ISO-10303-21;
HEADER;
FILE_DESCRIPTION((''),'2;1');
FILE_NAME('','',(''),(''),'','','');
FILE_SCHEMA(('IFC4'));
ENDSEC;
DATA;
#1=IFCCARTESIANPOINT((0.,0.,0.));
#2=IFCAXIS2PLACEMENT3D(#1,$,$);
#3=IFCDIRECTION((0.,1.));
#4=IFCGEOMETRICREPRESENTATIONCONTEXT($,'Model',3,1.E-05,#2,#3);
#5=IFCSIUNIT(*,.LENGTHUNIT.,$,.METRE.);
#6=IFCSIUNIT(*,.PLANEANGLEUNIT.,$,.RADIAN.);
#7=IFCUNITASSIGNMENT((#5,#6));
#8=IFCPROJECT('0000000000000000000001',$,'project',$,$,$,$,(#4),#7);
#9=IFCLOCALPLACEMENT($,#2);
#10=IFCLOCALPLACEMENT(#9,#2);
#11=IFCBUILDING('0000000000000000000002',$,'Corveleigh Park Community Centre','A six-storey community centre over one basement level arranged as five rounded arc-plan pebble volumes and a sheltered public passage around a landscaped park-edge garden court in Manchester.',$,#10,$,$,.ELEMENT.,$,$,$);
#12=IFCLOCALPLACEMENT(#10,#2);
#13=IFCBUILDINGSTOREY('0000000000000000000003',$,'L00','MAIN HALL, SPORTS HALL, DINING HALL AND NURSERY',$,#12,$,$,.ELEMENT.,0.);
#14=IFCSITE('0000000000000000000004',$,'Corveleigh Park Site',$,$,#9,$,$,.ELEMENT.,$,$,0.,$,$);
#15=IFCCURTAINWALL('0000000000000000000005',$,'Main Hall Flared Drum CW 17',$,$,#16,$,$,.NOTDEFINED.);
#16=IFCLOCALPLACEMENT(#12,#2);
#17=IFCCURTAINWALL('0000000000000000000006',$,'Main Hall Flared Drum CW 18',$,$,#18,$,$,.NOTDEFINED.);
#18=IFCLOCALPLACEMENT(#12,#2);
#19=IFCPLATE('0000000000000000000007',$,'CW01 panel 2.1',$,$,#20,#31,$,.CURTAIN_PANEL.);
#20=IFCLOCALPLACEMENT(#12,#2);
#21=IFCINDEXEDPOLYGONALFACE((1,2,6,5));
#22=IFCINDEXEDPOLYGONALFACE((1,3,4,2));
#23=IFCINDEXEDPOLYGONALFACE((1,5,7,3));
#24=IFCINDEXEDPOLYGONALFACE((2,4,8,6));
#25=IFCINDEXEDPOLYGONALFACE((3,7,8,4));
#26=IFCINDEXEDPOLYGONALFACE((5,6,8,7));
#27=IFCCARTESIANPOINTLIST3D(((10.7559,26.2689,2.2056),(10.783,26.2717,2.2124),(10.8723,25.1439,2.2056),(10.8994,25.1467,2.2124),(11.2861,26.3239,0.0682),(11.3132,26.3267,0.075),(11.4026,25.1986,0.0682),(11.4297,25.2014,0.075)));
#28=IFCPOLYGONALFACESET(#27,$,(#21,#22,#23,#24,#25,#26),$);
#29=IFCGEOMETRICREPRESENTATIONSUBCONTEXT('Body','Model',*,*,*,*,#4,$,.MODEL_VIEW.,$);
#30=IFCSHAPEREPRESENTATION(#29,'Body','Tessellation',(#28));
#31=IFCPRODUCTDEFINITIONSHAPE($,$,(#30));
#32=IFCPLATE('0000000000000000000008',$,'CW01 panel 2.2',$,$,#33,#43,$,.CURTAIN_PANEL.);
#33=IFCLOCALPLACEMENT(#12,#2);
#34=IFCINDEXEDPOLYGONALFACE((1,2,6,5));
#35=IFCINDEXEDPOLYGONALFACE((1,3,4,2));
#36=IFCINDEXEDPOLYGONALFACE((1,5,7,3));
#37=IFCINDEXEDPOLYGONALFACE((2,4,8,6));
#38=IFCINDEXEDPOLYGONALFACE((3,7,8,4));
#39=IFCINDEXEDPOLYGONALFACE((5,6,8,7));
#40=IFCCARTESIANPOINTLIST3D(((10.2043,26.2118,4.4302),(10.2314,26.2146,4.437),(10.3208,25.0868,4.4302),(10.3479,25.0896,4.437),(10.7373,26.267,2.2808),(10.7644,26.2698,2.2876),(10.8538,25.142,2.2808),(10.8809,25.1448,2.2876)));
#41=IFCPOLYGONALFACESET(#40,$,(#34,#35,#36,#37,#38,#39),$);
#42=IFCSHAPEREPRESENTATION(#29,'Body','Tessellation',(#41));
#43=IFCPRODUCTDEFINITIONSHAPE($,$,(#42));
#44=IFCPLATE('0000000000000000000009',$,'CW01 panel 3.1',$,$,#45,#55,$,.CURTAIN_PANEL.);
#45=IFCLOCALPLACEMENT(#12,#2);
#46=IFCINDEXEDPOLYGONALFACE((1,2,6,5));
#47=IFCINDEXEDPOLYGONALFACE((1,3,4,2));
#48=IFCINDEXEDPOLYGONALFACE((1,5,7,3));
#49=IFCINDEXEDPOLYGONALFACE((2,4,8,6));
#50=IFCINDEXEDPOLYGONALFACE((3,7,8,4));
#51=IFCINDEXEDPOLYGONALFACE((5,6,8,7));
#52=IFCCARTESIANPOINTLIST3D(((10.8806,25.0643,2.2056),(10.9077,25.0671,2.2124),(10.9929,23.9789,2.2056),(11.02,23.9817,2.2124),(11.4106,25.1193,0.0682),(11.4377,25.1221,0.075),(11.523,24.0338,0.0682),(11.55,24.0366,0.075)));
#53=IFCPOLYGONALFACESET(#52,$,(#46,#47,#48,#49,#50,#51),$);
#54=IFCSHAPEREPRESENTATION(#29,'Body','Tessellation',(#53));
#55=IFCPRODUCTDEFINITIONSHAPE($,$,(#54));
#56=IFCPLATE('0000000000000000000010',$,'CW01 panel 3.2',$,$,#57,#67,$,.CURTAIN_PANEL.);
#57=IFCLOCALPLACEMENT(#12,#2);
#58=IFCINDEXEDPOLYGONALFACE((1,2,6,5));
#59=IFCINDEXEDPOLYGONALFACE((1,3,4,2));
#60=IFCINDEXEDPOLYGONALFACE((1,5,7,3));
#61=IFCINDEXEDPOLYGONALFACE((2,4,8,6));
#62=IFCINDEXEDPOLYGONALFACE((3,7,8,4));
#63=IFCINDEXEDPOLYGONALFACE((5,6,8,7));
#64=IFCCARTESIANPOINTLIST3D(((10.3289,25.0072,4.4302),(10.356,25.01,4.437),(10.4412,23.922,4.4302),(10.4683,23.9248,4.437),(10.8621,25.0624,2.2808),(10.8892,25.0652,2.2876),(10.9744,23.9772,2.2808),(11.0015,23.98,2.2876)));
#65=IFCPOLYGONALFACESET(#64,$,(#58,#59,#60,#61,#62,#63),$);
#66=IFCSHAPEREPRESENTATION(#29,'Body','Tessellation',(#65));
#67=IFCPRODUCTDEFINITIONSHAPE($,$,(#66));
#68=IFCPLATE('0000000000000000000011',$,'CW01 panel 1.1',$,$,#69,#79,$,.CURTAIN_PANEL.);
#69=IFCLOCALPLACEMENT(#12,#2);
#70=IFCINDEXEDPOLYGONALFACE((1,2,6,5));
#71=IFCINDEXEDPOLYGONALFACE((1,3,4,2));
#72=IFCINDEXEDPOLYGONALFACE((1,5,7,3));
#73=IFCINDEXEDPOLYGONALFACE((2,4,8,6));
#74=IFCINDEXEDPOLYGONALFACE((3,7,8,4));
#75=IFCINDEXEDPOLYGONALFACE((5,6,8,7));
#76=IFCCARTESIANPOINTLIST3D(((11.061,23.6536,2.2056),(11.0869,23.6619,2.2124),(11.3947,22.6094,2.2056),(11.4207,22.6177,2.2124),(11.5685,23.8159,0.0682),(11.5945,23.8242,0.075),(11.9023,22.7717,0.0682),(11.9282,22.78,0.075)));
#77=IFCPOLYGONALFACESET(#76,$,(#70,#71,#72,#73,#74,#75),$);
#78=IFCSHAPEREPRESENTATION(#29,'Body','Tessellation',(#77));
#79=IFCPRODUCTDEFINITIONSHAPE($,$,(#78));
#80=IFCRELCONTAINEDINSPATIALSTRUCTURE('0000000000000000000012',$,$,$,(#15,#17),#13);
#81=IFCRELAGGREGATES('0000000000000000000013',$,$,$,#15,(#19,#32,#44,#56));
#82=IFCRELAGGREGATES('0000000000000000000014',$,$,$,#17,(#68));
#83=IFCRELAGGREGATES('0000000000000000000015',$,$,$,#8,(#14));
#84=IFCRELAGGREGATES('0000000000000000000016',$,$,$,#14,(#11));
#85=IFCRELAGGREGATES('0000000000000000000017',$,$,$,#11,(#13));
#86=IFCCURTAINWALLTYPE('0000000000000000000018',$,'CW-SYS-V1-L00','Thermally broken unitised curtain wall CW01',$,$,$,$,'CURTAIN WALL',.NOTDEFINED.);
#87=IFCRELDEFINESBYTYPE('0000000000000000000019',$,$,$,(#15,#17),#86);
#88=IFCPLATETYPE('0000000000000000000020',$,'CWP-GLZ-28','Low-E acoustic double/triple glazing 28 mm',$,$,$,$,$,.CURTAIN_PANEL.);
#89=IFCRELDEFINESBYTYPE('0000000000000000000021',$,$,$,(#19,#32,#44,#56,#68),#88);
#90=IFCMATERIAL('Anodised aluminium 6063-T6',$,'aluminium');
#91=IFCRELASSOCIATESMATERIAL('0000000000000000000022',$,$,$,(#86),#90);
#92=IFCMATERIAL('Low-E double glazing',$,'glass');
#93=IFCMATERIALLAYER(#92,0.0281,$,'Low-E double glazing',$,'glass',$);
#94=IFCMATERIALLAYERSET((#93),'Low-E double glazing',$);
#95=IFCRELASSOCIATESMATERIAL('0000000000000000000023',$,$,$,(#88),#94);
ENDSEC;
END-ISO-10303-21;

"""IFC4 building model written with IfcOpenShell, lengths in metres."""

from ifc_helpers import new_model, si_unit, direction, frame, origin, place, context, subcontext, project, spatial, polyline, outline, extrude, material, layer, layer_set, type_object, element, aggregate, save


model = new_model("IFC4")

# Units and contexts
model_context = context("Model", 3, precision=1e-05, world=origin(), true_north=direction((0.0, 1.0)))
body_context = subcontext(model_context, "Body", "Model", "MODEL_VIEW")
ifc_project = project(units=[si_unit("LENGTHUNIT", "METRE"), si_unit("PLANEANGLEUNIT", "RADIAN")], contexts=[model_context])

# Site, building, storey
site_placement = place(None, origin())
site = spatial("IfcSite", under=ifc_project, at=site_placement, Name="Corveleigh Park Site", CompositionType="ELEMENT", RefElevation=0.0)
building_placement = place(site_placement, origin())
building = spatial("IfcBuilding", under=site, at=building_placement, Name="Corveleigh Park Community Centre", Description="A six-storey community centre over one basement level arranged as five rounded arc-plan pebble volumes and a sheltered public passage around a landscaped park-edge garden court in Manchester.", CompositionType="ELEMENT")
storey_placement = place(building_placement, origin())
storey = spatial("IfcBuildingStorey", under=building, at=storey_placement, Name="L00", Description="MAIN HALL, SPORTS HALL, DINING HALL AND NURSERY", CompositionType="ELEMENT", Elevation=0.0)

# Curtain wall
ifc_material_1 = material(Name="Anodised aluminium 6063-T6", Category="aluminium")
curtain_wall_type = type_object("IfcCurtainWallType", Name="CW-SYS-V1-L00", Description="Thermally broken unitised curtain wall CW01", ElementType="CURTAIN WALL", PredefinedType="NOTDEFINED", material=ifc_material_1)
curtain_wall_1_placement = place(storey_placement, origin())
curtain_wall_1 = element("IfcCurtainWall", 1, at=curtain_wall_1_placement, inside=storey, type_object=curtain_wall_type, Name="Main Hall Flared Drum CW 17", PredefinedType="NOTDEFINED")

# Curtain wall
curtain_wall_2_placement = place(storey_placement, origin())
curtain_wall_2 = element("IfcCurtainWall", 2, at=curtain_wall_2_placement, inside=storey, type_object=curtain_wall_type, Name="Main Hall Flared Drum CW 18", PredefinedType="NOTDEFINED")

# Plates
ifc_material_2 = material(Name="Low-E double glazing", Category="glass")
ifc_layer = layer(ifc_material_2, 0.0281, Name="Low-E double glazing", Category="glass")
ifc_layer_set = layer_set([ifc_layer], Name="Low-E double glazing")
plate_type = type_object("IfcPlateType", Name="CWP-GLZ-28", Description="Low-E acoustic double/triple glazing 28 mm", PredefinedType="CURTAIN_PANEL", material=ifc_layer_set)
plate_1_placement = place(storey_placement, frame((11.3132, 26.3267, 0.075), z_axis=(0.965121, 0.099894, 0.241995), x_axis=(0.102954, -0.994686, 0.000003)))
plate_1 = element("IfcPlate", 3, at=plate_1_placement, type_object=plate_type, Name="CW01 panel 2.1", PredefinedType="CURTAIN_PANEL", context=body_context, shape_type="SweptSolid", body=[
    extrude(outline(polyline([(0.0, 0.0), (1.1313, 0.0), (1.1311, -2.2029), (0.0001, -2.2029), (0.0, 0.0)])), origin(), (0.0, 0.0, -1.0), 0.0281),
])
plate_2_placement = place(storey_placement, frame((10.7644, 26.2698, 2.2876), z_axis=(0.965149, 0.099908, 0.241879), x_axis=(0.102965, -0.994685, 0.0)))
plate_2 = element("IfcPlate", 4, at=plate_2_placement, type_object=plate_type, Name="CW01 panel 2.2", PredefinedType="CURTAIN_PANEL", context=body_context, shape_type="SweptSolid", body=[
    extrude(outline(polyline([(0.0, 0.0), (1.131, 0.0), (1.131, -2.2152), (0.0, -2.2152), (0.0, 0.0)])), origin(), (0.0, 0.0, -1.0), 0.0281),
])
plate_3_placement = place(storey_placement, frame((11.4377, 25.1221, 0.075), z_axis=(0.96515, 0.099858, 0.241897), x_axis=(0.102914, -0.99469, 0.0)))
plate_3 = element("IfcPlate", 5, at=plate_3_placement, type_object=plate_type, Name="CW01 panel 3.1", PredefinedType="CURTAIN_PANEL", context=body_context, shape_type="SweptSolid", body=[
    extrude(outline(polyline([(0.0, 0.0), (1.0912, 0.0), (1.0913, -2.2029), (0.0001, -2.2029), (0.0, 0.0)])), origin(), (0.0, 0.0, -1.0), 0.0281),
])
plate_4_placement = place(storey_placement, frame((10.8892, 25.0652, 2.2876), z_axis=(0.965126, 0.099878, 0.241982), x_axis=(0.102937, -0.994688, 0.0)))
plate_4 = element("IfcPlate", 6, at=plate_4_placement, type_object=plate_type, Name="CW01 panel 3.2", PredefinedType="CURTAIN_PANEL", context=body_context, shape_type="SweptSolid", body=[
    extrude(outline(polyline([(0.0, 0.0), (1.091, 0.0), (1.091, -2.2152), (0.0, -2.2152), (0.0, 0.0)])), origin(), (0.0, 0.0, -1.0), 0.0281),
])
aggregate(curtain_wall_1, [plate_1, plate_2, plate_3, plate_4])
plate_5_placement = place(storey_placement, frame((11.5945, 23.8242, 0.075), z_axis=(0.924238, 0.295402, 0.241911), x_axis=(0.304444, -0.95253, 0.0)))
plate_5 = element("IfcPlate", 7, at=plate_5_placement, type_object=plate_type, Name="CW01 panel 1.1", PredefinedType="CURTAIN_PANEL", context=body_context, shape_type="SweptSolid", body=[
    extrude(outline(polyline([(0.0, 0.0), (1.0962, 0.0), (1.0963, -2.2029), (0.0001, -2.2029), (0.0, 0.0)])), origin(), (0.0, 0.0, -1.0), 0.0281),
])
aggregate(curtain_wall_2, [plate_5])

save(model, "model.ifc")
